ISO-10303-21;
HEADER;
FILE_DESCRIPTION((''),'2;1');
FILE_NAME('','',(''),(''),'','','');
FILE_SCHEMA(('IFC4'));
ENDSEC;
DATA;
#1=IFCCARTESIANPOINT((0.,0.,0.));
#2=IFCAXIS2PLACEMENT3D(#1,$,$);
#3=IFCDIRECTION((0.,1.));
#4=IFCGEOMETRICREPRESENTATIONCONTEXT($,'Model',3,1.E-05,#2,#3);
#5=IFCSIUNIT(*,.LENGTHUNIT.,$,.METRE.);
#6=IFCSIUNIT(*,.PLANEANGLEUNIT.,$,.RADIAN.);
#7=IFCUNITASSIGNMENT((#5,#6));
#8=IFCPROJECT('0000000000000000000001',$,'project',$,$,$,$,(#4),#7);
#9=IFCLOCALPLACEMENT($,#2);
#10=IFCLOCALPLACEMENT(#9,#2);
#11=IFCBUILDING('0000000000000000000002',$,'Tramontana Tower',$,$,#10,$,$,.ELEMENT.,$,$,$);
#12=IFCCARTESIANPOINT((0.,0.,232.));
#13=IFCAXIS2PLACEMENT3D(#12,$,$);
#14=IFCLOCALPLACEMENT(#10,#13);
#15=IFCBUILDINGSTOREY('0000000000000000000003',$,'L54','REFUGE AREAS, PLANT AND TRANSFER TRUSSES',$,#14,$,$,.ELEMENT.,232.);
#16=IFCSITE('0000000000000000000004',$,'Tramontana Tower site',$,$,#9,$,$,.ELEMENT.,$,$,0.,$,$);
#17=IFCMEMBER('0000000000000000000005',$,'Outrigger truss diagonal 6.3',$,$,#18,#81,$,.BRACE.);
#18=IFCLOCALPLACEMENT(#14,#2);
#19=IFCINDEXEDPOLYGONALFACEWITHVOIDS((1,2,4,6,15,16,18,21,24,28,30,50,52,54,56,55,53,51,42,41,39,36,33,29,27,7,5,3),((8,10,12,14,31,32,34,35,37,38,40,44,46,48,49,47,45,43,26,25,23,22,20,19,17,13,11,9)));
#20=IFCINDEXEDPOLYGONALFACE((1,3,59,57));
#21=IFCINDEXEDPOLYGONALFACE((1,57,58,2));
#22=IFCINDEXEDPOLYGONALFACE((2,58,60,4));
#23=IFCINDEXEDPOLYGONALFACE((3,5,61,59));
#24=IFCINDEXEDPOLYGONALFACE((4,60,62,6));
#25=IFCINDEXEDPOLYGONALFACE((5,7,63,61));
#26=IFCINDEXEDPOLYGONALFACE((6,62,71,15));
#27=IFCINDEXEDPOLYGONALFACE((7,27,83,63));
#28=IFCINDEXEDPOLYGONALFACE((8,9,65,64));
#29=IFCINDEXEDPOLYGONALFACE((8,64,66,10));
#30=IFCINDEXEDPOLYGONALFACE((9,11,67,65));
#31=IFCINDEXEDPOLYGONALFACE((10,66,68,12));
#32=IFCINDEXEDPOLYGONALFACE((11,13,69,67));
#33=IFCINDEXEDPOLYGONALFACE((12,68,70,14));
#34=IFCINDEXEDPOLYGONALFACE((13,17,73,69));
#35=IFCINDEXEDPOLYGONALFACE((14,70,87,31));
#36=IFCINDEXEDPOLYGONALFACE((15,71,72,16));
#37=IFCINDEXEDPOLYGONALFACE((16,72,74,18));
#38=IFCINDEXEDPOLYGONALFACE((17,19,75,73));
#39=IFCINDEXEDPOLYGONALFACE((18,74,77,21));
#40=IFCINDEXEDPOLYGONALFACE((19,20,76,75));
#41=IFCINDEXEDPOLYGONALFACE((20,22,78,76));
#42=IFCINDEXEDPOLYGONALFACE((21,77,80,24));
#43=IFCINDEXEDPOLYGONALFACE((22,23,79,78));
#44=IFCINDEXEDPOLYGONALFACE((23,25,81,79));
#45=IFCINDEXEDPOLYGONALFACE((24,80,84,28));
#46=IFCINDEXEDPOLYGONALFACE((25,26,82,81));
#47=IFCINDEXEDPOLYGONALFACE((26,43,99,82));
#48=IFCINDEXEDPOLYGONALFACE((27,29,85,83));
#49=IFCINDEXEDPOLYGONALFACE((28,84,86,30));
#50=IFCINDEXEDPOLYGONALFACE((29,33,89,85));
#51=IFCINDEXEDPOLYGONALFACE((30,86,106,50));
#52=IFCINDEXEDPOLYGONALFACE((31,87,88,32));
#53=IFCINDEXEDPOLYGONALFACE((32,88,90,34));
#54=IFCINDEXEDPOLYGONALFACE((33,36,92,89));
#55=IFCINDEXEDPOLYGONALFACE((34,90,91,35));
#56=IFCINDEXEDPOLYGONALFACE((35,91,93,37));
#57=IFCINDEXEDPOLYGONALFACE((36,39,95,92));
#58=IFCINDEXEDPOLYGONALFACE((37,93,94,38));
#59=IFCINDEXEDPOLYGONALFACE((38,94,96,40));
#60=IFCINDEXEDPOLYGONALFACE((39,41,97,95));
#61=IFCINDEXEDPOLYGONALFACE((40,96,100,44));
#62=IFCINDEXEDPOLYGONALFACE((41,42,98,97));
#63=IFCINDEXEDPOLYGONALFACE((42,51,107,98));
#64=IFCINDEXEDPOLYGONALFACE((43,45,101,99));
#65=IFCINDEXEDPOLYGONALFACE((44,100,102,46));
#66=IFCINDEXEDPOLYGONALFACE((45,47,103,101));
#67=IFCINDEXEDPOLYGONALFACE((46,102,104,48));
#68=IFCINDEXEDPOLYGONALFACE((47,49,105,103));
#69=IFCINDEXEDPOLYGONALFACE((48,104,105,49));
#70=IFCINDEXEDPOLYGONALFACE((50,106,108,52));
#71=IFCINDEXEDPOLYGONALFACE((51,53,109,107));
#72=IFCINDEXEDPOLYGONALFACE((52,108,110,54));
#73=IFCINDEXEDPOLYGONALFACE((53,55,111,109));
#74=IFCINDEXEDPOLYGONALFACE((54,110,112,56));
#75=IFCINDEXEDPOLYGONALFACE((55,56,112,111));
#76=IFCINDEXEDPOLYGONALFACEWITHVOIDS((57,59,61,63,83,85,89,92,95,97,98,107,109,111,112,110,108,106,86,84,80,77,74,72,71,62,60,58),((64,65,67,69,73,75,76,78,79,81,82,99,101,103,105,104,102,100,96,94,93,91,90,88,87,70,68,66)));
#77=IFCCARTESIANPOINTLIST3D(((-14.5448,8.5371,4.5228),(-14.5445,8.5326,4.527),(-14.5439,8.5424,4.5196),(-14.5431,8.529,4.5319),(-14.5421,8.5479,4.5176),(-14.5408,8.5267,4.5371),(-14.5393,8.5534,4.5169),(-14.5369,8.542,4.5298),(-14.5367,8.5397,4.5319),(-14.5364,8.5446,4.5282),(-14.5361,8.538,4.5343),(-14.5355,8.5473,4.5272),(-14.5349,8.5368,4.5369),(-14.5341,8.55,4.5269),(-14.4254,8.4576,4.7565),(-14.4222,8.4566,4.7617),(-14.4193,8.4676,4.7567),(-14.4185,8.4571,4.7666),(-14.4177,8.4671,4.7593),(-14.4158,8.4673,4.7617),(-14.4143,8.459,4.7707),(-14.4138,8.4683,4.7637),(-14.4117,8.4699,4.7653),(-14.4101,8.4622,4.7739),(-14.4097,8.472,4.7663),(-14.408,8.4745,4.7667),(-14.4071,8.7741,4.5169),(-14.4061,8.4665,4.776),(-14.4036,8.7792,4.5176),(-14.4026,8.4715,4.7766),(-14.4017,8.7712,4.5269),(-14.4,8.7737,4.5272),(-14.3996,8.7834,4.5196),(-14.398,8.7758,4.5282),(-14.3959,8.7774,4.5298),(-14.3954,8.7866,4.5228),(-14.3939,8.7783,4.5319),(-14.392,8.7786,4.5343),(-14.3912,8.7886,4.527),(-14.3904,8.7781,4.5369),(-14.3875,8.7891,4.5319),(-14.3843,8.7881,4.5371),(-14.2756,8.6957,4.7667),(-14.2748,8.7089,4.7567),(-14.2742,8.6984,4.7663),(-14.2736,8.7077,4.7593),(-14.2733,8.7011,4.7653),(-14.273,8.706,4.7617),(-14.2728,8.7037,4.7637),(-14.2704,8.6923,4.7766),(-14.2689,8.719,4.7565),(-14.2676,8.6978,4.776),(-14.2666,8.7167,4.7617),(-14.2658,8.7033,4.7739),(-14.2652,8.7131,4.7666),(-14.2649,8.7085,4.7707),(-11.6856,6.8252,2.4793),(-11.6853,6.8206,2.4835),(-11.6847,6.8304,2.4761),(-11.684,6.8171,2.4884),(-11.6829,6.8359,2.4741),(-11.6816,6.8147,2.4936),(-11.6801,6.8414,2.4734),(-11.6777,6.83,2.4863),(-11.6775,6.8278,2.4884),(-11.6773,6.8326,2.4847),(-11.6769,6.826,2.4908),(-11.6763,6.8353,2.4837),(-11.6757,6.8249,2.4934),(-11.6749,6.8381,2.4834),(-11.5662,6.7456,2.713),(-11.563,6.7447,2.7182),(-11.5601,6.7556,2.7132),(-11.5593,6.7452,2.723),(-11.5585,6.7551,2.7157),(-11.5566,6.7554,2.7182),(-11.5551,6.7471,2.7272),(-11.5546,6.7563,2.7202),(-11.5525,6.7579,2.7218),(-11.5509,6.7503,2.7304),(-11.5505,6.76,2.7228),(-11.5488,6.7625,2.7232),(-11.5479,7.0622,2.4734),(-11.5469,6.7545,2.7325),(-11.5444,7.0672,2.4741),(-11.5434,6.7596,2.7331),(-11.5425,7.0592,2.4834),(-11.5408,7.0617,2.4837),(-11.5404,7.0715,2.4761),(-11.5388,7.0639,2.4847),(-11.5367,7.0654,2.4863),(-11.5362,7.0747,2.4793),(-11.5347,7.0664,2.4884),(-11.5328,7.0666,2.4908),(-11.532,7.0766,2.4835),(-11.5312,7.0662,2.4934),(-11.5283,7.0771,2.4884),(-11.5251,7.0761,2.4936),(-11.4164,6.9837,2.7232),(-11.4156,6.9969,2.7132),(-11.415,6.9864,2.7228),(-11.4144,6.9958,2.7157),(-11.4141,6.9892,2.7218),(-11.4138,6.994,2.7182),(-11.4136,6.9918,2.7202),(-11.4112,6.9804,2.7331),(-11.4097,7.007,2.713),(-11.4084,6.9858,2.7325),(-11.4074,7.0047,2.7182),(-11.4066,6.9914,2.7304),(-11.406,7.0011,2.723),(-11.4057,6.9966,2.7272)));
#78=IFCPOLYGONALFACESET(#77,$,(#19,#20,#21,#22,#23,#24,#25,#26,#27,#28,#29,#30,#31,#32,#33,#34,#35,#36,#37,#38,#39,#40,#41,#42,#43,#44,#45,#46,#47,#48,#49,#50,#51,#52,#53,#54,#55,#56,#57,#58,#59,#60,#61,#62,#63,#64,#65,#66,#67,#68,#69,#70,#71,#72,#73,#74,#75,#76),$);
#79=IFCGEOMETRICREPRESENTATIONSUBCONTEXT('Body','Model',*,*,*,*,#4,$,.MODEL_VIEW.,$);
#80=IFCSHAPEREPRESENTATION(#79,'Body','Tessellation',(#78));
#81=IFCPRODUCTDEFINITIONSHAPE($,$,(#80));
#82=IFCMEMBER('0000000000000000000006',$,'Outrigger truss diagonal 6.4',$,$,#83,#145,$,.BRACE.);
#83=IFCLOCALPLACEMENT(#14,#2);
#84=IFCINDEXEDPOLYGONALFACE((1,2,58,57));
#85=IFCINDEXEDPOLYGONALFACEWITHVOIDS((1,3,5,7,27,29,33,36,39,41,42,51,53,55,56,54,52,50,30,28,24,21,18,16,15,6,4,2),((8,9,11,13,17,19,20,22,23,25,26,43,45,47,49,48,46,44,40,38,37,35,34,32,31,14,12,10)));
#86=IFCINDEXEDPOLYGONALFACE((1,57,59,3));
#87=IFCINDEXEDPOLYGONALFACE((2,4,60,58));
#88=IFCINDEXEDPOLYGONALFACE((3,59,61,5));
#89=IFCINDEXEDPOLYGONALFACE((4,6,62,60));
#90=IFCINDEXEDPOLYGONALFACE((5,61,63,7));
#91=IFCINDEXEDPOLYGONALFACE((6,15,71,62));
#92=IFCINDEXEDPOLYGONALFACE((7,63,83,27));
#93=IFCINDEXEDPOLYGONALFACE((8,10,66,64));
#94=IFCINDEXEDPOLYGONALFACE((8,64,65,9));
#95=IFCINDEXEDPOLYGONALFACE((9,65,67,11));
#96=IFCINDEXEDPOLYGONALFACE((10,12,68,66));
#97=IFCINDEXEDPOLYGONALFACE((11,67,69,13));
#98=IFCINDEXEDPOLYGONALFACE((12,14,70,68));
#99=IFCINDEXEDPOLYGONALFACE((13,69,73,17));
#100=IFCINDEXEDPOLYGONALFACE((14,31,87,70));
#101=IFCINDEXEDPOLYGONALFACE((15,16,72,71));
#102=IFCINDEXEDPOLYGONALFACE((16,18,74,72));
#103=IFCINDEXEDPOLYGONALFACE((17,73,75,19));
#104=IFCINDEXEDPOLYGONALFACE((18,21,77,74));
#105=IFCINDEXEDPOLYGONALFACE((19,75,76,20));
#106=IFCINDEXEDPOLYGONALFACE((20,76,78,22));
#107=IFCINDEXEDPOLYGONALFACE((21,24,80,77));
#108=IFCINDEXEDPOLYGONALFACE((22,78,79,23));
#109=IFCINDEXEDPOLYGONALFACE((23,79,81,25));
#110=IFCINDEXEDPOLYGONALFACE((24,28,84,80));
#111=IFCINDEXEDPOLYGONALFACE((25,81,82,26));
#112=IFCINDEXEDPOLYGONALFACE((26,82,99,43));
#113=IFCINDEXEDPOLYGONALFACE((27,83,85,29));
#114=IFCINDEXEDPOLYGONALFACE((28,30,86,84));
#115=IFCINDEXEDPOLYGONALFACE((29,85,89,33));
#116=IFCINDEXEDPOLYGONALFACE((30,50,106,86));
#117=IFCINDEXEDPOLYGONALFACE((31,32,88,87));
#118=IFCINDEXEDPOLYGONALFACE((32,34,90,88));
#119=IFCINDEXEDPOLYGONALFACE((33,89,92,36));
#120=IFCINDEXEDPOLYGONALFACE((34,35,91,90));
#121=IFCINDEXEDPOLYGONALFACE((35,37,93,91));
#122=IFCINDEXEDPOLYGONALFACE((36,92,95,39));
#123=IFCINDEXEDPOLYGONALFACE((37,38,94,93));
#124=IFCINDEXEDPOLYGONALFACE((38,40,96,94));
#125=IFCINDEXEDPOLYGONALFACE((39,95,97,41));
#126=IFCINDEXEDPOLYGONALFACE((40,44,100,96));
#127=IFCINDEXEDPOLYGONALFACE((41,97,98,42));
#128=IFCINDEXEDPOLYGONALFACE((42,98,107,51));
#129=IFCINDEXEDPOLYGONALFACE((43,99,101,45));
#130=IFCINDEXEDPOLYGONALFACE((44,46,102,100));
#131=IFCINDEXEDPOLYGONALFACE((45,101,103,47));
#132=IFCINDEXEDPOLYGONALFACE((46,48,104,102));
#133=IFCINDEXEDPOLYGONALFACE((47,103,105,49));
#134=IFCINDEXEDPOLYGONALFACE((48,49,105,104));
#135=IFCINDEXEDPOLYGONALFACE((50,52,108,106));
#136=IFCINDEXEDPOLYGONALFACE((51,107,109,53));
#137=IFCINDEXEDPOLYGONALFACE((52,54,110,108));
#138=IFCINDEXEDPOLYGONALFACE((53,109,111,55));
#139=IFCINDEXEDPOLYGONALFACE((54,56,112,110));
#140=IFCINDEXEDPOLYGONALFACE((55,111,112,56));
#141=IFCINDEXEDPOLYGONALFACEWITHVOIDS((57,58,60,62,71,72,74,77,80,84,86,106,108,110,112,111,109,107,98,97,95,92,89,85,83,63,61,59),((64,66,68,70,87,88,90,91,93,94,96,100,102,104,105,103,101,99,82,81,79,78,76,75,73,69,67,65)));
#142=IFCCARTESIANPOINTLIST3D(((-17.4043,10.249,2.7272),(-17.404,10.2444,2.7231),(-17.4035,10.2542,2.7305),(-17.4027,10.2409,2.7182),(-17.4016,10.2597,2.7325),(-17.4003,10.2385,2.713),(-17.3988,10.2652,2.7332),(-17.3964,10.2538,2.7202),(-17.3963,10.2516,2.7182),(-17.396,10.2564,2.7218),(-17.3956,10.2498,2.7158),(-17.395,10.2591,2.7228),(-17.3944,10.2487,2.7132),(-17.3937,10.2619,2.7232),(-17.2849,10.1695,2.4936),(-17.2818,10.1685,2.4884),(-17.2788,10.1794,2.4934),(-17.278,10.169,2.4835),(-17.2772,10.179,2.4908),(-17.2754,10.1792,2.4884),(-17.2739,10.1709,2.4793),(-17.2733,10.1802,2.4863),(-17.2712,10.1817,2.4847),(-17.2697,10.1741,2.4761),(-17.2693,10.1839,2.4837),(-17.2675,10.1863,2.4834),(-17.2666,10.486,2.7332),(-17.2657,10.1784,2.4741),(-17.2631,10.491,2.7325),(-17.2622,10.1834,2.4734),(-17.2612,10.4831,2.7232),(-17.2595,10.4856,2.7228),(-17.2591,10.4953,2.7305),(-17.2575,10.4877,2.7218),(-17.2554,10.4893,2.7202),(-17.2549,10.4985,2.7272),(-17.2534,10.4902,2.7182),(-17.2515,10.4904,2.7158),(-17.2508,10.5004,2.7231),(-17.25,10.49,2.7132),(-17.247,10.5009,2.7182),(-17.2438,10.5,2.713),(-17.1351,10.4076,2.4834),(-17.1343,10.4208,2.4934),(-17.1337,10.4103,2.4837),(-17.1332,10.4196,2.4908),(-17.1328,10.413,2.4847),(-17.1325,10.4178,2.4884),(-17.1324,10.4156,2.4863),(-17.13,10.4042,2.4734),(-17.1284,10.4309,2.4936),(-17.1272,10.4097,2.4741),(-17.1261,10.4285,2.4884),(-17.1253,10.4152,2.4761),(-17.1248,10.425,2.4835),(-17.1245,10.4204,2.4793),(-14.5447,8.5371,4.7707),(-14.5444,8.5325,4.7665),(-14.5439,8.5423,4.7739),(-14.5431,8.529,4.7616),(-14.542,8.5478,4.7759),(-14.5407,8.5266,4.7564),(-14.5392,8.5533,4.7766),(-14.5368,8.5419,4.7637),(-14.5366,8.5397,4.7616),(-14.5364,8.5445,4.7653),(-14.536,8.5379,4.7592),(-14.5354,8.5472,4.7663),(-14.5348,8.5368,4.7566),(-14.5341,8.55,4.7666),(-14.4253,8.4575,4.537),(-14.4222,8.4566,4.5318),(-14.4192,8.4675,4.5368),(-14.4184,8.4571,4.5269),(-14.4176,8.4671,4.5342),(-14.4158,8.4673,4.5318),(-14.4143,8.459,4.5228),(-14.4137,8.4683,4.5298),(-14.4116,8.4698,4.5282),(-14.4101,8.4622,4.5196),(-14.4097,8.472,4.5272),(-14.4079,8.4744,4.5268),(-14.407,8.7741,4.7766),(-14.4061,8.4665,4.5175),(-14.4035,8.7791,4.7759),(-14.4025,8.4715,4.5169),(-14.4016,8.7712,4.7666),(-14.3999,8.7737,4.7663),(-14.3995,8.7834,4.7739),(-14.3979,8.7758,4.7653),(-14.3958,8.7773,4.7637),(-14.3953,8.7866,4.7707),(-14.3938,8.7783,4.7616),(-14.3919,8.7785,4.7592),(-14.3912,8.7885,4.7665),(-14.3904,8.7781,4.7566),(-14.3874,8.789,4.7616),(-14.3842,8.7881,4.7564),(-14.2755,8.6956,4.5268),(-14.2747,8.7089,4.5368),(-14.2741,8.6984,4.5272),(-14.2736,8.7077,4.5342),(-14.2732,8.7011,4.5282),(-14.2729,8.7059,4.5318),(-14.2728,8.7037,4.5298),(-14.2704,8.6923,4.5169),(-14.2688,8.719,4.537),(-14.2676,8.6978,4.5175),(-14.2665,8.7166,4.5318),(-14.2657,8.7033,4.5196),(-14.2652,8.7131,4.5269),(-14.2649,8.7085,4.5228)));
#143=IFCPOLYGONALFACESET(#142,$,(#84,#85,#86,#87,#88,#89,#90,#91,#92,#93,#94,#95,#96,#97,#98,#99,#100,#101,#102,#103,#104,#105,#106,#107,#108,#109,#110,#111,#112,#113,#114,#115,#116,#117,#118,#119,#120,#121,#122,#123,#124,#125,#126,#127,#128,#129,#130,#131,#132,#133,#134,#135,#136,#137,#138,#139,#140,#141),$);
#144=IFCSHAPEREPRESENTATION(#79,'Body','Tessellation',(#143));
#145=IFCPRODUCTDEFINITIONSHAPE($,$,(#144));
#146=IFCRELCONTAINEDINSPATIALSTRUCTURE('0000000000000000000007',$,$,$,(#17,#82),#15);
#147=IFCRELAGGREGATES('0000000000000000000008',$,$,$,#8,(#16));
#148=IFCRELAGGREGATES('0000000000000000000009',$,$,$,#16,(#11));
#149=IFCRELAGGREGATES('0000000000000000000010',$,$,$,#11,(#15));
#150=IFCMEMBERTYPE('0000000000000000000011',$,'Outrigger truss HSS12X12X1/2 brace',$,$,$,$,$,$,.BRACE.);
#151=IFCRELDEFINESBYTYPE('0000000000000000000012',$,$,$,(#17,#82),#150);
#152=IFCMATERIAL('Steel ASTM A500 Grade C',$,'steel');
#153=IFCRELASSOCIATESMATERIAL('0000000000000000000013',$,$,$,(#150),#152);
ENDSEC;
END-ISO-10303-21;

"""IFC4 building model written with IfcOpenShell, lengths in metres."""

from ifc_helpers import new_model, si_unit, direction, frame, origin, origin_2d, place, context, subcontext, project, spatial, hollow_rectangle, extrude, material, material_profile, profile_set, type_object, element, save


model = new_model("IFC4")

# Units and contexts
model_context = context("Model", 3, precision=1e-05, world=origin(), true_north=direction((0.0, 1.0)))
body_context = subcontext(model_context, "Body", "Model", "MODEL_VIEW")
ifc_project = project(units=[si_unit("LENGTHUNIT", "METRE"), si_unit("PLANEANGLEUNIT", "RADIAN")], contexts=[model_context])

# Site, building, storey
site_placement = place(None, origin())
site = spatial("IfcSite", under=ifc_project, at=site_placement, Name="Tramontana Tower site", CompositionType="ELEMENT", RefElevation=0.0)
building_placement = place(site_placement, origin())
building = spatial("IfcBuilding", under=site, at=building_placement, Name="Tramontana Tower", CompositionType="ELEMENT")
storey_placement = place(building_placement, frame((0.0, 0.0, 232.0)))
storey = spatial("IfcBuildingStorey", under=building, at=storey_placement, Name="L54", Description="REFUGE AREAS, PLANT AND TRANSFER TRUSSES", CompositionType="ELEMENT", Elevation=232.0)

# Members
ifc_material_1 = material(Name="Steel ASTM A500 Grade C", Category="steel")
ifc_material_profile_1 = material_profile(ifc_material_1, hollow_rectangle(XDim=0.3047, YDim=0.3047, WallThickness=0.0117, InnerFilletRadius=0.0117, OuterFilletRadius=0.0237, at=origin_2d()), Name="HSS12X12X1/2")
ifc_profile_set_1 = profile_set([ifc_material_profile_1], Name="Steel ASTM A500 Grade C")
member_type_1 = type_object("IfcMemberType", Name="Outrigger truss HSS12X12X1/2 brace", PredefinedType="BRACE", material=ifc_profile_set_1)
member_1_placement = place(storey_placement, frame((-11.5457, 6.9109, 2.6033), z_axis=(-0.731405, 0.437931, 0.522745), x_axis=(-0.513709, -0.857964, 0.0)))
element("IfcMember", 1, at=member_1_placement, inside=storey, type_object=member_type_1, Name="Outrigger truss diagonal 6.3", PredefinedType="BRACE", context=body_context, shape_type="SweptSolid", body=[
    extrude(hollow_rectangle(XDim=0.3047, YDim=0.3047, WallThickness=0.0117, InnerFilletRadius=0.0117, OuterFilletRadius=0.0237, at=origin_2d()), origin(), (0.0, 0.0, 1.0), 3.9092),
])
member_2_placement = place(storey_placement, frame((-14.4048, 8.6228, 4.6467), z_axis=(-0.731464, 0.437891, -0.522697), x_axis=(-0.513644, -0.858003, 0.0)))
element("IfcMember", 2, at=member_2_placement, inside=storey, type_object=member_type_1, Name="Outrigger truss diagonal 6.4", PredefinedType="BRACE", context=body_context, shape_type="SweptSolid", body=[
    extrude(hollow_rectangle(XDim=0.3047, YDim=0.3047, WallThickness=0.0117, InnerFilletRadius=0.0117, OuterFilletRadius=0.0237, at=origin_2d()), origin(), (0.0, 0.0, 1.0), 3.9094),
])

save(model, "model.ifc")
